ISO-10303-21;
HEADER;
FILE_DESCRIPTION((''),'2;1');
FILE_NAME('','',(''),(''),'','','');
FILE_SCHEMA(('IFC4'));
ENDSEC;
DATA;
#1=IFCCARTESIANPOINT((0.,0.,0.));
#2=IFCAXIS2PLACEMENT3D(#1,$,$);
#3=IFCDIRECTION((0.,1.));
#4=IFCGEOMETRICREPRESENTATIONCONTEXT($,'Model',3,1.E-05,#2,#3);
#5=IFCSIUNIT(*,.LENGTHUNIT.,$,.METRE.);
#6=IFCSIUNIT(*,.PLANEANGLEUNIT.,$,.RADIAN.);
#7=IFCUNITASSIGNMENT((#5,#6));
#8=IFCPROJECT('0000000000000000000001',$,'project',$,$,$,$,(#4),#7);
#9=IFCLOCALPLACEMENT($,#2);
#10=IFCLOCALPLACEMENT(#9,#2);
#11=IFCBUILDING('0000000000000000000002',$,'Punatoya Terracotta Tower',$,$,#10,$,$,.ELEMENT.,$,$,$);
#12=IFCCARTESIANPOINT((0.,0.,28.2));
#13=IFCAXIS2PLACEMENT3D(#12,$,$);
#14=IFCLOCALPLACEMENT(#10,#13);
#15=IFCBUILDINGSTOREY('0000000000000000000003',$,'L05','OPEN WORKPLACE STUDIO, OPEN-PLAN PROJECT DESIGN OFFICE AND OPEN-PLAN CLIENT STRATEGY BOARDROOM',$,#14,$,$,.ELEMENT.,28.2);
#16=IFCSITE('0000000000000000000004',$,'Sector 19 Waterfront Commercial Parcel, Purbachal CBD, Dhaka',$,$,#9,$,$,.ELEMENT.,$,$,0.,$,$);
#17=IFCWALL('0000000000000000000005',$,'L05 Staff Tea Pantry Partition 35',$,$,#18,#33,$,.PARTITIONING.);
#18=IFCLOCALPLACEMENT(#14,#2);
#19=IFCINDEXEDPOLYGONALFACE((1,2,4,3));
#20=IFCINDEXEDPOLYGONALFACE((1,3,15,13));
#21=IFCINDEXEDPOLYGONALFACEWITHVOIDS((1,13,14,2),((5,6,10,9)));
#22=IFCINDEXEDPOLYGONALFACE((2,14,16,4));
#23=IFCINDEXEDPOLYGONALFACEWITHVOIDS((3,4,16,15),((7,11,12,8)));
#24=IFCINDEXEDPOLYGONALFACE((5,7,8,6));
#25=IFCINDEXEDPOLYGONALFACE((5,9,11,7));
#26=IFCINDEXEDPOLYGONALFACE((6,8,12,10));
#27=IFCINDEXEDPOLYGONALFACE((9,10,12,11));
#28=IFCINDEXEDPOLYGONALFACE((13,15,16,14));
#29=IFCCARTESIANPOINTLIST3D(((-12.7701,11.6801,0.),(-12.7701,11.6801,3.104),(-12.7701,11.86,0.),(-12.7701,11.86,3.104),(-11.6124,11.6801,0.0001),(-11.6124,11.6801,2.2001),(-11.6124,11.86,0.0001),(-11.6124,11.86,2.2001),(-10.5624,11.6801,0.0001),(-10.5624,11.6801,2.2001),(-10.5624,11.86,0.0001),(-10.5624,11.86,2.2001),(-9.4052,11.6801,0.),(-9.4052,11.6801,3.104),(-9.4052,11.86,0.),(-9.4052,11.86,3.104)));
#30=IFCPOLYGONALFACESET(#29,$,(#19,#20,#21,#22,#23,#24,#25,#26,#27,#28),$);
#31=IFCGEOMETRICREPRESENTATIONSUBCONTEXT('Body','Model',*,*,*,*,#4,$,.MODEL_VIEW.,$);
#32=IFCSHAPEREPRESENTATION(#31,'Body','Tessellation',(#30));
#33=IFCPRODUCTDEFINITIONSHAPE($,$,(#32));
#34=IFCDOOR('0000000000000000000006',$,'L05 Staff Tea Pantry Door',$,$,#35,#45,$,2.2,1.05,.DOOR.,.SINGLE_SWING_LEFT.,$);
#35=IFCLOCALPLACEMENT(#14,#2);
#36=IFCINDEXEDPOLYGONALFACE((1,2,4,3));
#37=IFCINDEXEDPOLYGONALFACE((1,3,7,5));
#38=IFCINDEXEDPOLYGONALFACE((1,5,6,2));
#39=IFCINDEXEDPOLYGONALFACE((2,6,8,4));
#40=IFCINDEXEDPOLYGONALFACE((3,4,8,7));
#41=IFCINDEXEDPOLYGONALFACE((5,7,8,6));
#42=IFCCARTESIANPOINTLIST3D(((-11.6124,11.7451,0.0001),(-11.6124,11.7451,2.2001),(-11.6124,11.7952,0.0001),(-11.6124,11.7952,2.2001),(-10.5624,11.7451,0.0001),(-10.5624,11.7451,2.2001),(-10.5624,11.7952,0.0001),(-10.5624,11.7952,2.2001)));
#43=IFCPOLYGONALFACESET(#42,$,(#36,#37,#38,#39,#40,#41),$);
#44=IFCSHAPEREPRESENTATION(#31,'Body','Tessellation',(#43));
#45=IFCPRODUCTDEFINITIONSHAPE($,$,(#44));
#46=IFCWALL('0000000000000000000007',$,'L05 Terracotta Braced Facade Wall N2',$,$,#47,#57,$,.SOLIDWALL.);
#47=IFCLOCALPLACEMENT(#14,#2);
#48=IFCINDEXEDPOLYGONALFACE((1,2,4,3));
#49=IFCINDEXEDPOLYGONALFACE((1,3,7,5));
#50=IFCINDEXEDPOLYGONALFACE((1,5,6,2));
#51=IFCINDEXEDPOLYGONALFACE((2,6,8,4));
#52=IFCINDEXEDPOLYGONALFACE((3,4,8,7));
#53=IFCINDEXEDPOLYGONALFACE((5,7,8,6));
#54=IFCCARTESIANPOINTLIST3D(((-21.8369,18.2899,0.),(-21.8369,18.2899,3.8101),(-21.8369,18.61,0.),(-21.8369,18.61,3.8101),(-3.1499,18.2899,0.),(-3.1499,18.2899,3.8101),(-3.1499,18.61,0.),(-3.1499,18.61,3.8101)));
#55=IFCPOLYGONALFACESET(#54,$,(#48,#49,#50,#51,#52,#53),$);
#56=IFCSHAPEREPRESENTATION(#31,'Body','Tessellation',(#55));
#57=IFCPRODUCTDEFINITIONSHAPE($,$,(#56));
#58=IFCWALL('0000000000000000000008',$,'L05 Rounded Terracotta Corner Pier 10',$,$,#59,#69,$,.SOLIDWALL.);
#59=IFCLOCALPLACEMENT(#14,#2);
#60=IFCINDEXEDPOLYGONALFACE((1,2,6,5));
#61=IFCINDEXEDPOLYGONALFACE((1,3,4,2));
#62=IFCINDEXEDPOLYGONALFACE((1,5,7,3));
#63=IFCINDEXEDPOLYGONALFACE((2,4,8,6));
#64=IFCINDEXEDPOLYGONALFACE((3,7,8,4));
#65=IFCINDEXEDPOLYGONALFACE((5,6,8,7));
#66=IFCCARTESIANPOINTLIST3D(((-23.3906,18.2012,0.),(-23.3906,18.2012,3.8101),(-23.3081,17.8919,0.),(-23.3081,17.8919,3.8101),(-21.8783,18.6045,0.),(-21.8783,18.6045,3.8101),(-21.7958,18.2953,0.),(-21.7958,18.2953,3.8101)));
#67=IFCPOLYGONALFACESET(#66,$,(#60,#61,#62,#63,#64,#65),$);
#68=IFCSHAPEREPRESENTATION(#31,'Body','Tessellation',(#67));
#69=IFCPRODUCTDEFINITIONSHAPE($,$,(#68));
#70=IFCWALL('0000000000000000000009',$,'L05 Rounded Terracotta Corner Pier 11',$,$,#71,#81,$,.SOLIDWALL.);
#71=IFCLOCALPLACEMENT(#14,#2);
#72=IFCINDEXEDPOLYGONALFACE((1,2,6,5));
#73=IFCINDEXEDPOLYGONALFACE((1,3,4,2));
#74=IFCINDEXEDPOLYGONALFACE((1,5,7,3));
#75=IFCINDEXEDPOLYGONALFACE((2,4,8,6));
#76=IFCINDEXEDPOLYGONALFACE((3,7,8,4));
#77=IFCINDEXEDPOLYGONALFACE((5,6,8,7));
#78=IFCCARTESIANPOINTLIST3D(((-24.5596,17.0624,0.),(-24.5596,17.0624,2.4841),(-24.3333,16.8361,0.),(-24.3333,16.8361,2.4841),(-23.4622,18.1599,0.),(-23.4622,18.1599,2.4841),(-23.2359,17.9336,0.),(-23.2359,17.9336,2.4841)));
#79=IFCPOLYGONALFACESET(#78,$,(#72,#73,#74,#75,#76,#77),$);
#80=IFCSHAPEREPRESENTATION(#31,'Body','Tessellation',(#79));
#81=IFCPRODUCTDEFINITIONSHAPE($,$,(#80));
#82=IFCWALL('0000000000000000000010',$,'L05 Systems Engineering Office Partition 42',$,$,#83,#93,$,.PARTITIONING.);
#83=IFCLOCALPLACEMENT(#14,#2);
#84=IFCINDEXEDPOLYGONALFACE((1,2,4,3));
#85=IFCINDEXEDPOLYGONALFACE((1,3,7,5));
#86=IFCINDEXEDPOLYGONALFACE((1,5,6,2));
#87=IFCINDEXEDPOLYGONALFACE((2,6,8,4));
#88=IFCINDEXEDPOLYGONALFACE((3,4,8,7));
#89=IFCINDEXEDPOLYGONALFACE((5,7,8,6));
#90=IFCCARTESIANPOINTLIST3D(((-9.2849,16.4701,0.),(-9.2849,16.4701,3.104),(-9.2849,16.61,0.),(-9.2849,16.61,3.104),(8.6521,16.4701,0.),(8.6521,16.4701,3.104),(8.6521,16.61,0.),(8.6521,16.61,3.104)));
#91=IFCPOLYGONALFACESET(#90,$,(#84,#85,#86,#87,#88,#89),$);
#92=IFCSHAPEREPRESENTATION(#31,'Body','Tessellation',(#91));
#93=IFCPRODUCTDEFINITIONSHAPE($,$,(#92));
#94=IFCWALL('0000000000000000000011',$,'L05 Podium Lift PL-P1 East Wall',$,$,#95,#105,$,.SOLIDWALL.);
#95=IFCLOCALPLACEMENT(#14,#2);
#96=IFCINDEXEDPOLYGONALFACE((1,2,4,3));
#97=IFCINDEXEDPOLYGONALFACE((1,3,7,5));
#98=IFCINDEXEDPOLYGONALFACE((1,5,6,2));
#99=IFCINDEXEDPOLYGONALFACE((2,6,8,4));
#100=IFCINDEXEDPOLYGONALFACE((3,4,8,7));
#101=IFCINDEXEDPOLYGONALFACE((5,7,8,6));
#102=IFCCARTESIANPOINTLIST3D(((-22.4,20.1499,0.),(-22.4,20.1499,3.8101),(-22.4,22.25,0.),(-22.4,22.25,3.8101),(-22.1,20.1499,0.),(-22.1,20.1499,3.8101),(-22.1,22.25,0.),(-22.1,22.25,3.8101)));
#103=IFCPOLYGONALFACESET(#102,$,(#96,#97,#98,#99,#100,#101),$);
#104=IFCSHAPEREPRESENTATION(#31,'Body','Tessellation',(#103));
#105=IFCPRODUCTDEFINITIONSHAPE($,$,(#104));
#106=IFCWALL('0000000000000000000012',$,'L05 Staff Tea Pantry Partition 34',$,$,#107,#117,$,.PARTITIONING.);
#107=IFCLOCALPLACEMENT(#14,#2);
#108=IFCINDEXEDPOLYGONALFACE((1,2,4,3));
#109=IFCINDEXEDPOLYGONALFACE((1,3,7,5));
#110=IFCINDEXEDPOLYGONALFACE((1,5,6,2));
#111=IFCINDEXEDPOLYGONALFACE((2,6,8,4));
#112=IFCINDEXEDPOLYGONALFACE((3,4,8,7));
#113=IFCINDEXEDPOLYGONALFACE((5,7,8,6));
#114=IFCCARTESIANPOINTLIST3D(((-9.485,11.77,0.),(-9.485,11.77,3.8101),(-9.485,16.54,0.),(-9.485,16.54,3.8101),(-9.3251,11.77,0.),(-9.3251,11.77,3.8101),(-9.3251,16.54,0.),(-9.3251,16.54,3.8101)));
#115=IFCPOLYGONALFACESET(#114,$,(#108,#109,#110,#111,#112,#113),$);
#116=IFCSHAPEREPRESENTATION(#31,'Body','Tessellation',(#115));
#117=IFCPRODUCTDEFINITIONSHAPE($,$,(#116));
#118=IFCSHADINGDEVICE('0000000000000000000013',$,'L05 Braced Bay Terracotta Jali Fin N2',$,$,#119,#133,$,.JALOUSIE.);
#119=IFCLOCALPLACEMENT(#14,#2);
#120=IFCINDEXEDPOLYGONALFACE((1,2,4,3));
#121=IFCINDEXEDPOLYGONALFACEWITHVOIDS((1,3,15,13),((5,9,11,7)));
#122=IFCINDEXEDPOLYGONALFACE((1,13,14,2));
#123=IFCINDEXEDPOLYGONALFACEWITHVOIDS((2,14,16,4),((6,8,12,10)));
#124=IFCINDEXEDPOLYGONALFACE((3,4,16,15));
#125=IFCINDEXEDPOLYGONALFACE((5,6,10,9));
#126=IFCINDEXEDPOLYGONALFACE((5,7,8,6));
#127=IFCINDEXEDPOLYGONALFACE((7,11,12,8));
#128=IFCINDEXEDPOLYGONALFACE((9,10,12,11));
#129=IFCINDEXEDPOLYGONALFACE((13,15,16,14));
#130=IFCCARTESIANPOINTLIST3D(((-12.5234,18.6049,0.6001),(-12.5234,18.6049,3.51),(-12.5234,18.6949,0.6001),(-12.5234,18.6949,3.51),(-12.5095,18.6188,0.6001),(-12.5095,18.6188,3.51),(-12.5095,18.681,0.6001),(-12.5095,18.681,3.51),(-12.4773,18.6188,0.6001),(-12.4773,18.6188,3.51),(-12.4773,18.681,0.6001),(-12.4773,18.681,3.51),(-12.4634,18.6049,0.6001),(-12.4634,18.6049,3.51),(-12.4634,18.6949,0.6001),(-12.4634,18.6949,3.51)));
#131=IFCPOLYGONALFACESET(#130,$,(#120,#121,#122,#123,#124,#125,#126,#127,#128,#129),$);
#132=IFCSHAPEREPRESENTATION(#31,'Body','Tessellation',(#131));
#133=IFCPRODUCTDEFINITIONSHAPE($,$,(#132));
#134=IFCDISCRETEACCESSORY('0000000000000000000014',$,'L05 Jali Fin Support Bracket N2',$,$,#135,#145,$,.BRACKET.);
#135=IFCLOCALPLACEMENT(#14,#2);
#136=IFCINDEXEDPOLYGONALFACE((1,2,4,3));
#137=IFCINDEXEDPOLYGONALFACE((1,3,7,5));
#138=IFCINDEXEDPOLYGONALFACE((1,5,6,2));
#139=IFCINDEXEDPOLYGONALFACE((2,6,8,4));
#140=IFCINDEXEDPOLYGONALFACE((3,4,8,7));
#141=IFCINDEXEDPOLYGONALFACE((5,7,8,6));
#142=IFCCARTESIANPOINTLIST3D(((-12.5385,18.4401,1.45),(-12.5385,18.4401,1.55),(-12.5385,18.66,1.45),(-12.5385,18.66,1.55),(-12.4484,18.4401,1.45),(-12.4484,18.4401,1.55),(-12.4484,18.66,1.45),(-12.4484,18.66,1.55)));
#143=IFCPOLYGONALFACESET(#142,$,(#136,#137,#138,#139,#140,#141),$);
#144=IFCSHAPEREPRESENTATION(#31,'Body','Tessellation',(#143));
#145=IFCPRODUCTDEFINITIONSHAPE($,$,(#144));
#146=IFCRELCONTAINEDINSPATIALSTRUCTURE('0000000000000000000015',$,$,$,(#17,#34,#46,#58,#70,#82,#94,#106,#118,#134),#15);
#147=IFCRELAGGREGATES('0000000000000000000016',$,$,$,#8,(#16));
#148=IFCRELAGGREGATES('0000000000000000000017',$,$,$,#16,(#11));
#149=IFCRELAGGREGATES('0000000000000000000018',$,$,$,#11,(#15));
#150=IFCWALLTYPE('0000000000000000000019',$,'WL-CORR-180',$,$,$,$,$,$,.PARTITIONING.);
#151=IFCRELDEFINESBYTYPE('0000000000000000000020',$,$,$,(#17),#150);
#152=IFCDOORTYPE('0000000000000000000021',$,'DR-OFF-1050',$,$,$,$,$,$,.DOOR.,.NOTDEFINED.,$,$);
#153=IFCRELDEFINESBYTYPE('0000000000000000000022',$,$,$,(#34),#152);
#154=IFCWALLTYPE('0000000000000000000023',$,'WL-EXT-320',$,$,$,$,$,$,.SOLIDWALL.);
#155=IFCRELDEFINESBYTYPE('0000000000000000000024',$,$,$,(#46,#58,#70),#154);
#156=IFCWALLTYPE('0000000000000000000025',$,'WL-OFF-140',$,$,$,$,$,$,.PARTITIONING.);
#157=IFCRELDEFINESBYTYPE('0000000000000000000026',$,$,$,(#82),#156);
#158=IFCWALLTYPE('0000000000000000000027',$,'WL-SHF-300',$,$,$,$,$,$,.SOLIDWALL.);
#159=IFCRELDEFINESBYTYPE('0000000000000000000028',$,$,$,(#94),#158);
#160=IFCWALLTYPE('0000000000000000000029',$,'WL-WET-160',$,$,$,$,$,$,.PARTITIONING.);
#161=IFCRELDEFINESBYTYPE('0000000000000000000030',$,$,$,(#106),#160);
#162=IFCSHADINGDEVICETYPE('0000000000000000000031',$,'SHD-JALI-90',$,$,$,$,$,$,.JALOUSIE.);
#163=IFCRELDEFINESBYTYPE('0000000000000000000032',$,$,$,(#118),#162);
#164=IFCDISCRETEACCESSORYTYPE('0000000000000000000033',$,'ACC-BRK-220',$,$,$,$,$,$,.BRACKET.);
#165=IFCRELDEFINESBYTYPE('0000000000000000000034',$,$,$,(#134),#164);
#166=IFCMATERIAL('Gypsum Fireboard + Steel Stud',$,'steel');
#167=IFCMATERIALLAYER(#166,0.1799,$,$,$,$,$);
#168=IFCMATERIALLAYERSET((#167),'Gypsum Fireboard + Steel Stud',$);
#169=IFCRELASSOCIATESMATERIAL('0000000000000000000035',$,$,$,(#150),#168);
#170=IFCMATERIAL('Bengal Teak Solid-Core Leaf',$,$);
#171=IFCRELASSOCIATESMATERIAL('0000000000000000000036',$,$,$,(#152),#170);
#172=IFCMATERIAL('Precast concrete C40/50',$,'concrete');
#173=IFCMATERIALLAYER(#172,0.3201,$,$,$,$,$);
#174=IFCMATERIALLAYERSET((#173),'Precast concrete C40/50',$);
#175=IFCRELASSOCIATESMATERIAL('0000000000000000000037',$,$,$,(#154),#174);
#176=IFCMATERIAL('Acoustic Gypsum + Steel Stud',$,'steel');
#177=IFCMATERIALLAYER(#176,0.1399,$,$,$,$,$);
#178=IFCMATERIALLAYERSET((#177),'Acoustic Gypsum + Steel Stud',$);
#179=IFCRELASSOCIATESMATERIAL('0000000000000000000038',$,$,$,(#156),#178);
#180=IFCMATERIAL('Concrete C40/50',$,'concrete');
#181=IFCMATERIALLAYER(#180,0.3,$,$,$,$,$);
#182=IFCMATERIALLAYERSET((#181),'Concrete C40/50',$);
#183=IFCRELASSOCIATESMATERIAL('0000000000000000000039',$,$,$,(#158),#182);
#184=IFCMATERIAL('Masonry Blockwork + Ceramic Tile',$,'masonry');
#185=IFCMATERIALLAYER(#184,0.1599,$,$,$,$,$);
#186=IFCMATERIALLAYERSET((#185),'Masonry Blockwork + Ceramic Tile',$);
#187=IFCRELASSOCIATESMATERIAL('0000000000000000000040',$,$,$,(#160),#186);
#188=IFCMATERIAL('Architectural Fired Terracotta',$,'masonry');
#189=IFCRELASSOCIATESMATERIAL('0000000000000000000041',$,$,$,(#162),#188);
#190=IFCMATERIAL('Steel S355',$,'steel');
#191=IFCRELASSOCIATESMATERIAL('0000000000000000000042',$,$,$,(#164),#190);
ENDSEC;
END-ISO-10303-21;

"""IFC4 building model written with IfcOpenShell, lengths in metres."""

from ifc_helpers import new_model, si_unit, direction, frame, frame_2d, origin, origin_2d, place, context, subcontext, project, spatial, rectangle, hollow_rectangle, extrude, material, layer, layer_set, material_profile, profile_set, type_object, element, fill, save


model = new_model("IFC4")

# Units and contexts
model_context = context("Model", 3, precision=1e-05, world=origin(), true_north=direction((0.0, 1.0)))
body_context = subcontext(model_context, "Body", "Model", "MODEL_VIEW")
ifc_project = project(units=[si_unit("LENGTHUNIT", "METRE"), si_unit("PLANEANGLEUNIT", "RADIAN")], contexts=[model_context])

# Site, building, storey
site_placement = place(None, origin())
site = spatial("IfcSite", under=ifc_project, at=site_placement, Name="Sector 19 Waterfront Commercial Parcel, Purbachal CBD, Dhaka", CompositionType="ELEMENT", RefElevation=0.0)
building_placement = place(site_placement, origin())
building = spatial("IfcBuilding", under=site, at=building_placement, Name="Punatoya Terracotta Tower", CompositionType="ELEMENT")
storey_placement = place(building_placement, frame((0.0, 0.0, 28.2)))
storey = spatial("IfcBuildingStorey", under=building, at=storey_placement, Name="L05", Description="OPEN WORKPLACE STUDIO, OPEN-PLAN PROJECT DESIGN OFFICE AND OPEN-PLAN CLIENT STRATEGY BOARDROOM", CompositionType="ELEMENT", Elevation=28.2)

# Shared definitions
ifc_material_1 = material(Name="Steel S355", Category="steel")

# Wall, opening, door
ifc_material_2 = material(Name="Gypsum Fireboard + Steel Stud", Category="steel")
ifc_layer_1 = layer(ifc_material_2, 0.1799)
ifc_layer_set_1 = layer_set([ifc_layer_1], Name="Gypsum Fireboard + Steel Stud")
wall_type_1 = type_object("IfcWallType", Name="WL-CORR-180", PredefinedType="PARTITIONING", material=ifc_layer_set_1)
wall_1_placement = place(storey_placement, frame((-9.405, 11.77, 0.0), z_axis=(0.0, 0.0, 1.0), x_axis=(-1.0, 0.0, 0.0)))
wall_1 = element("IfcWall", 1, at=wall_1_placement, inside=storey, type_object=wall_type_1, Name="L05 Staff Tea Pantry Partition 35", PredefinedType="PARTITIONING", context=body_context, shape_type="SweptSolid", body=[
    extrude(rectangle(XDim=3.365, YDim=0.1799, at=frame_2d((1.6826, 0.0))), origin(), (0.0, 0.0, 1.0), 3.104),
])
opening_1_placement = place(wall_1_placement, frame((1.1575, 0.0, 0.0)))
opening_1 = element("IfcOpeningElement", 2, at=opening_1_placement, cuts=wall_1, PredefinedType="OPENING", context=body_context, shape_type="SweptSolid", body=[
    extrude(rectangle(XDim=1.05, YDim=2.2, at=frame_2d((0.5249, 1.1001))), frame((0.0, 0.0999, 0.0), z_axis=(0.0, -1.0, 0.0), x_axis=(1.0, 0.0, 0.0)), (0.0, 0.0, 1.0), 0.2),
])
ifc_material_3 = material(Name="Bengal Teak Solid-Core Leaf")
door_type_1 = type_object("IfcDoorType", Name="DR-OFF-1050", OperationType="NOTDEFINED", PredefinedType="DOOR", material=ifc_material_3)
door_1_placement = place(opening_1_placement, origin())
door_1 = element("IfcDoor", 3, at=door_1_placement, inside=storey, type_object=door_type_1, Name="L05 Staff Tea Pantry Door", OperationType="SINGLE_SWING_LEFT", OverallHeight=2.2, OverallWidth=1.05, PredefinedType="DOOR", context=body_context, shape_type="SweptSolid", body=[
    extrude(rectangle(XDim=1.05, YDim=2.2, at=frame_2d((0.5249, 1.1001))), frame((0.0, 0.0249, 0.0), z_axis=(0.0, -1.0, 0.0), x_axis=(1.0, 0.0, 0.0)), (0.0, 0.0, 1.0), 0.05),
])
fill(opening_1, door_1)

# Walls
ifc_material_4 = material(Name="Precast concrete C40/50", Category="concrete")
ifc_layer_2 = layer(ifc_material_4, 0.3201)
ifc_layer_set_2 = layer_set([ifc_layer_2], Name="Precast concrete C40/50")
wall_type_2 = type_object("IfcWallType", Name="WL-EXT-320", PredefinedType="SOLIDWALL", material=ifc_layer_set_2)
wall_2_placement = place(storey_placement, frame((-3.1499, 18.45, 0.0), z_axis=(0.0, 0.0, 1.0), x_axis=(-1.0, 0.0, 0.0)))
element("IfcWall", 4, at=wall_2_placement, inside=storey, type_object=wall_type_2, Name="L05 Terracotta Braced Facade Wall N2", PredefinedType="SOLIDWALL", context=body_context, shape_type="SweptSolid", body=[
    extrude(rectangle(XDim=18.687, YDim=0.3201, at=frame_2d((9.3435, 0.0))), origin(), (0.0, 0.0, 1.0), 3.8101),
])
wall_3_placement = place(storey_placement, frame((-21.8369, 18.45, 0.0), z_axis=(0.0, 0.0, 1.0), x_axis=(-0.966225, -0.257701, 0.0)))
element("IfcWall", 5, at=wall_3_placement, inside=storey, type_object=wall_type_2, Name="L05 Rounded Terracotta Corner Pier 10", PredefinedType="SOLIDWALL", context=body_context, shape_type="SweptSolid", body=[
    extrude(rectangle(XDim=1.5652, YDim=0.3201, at=frame_2d((0.7827, 0.0))), origin(), (0.0, 0.0, 1.0), 3.8101),
])
wall_4_placement = place(storey_placement, frame((-23.3491, 18.0466, 0.0), z_axis=(0.0, 0.0, 1.0), x_axis=(-0.707107, -0.707107, 0.0)))
element("IfcWall", 6, at=wall_4_placement, inside=storey, type_object=wall_type_2, Name="L05 Rounded Terracotta Corner Pier 11", PredefinedType="SOLIDWALL", context=body_context, shape_type="SweptSolid", body=[
    extrude(rectangle(XDim=1.552, YDim=0.3201, at=frame_2d((0.7759, 0.0))), origin(), (0.0, 0.0, 1.0), 2.4841),
])
ifc_material_5 = material(Name="Acoustic Gypsum + Steel Stud", Category="steel")
ifc_layer_3 = layer(ifc_material_5, 0.1399)
ifc_layer_set_3 = layer_set([ifc_layer_3], Name="Acoustic Gypsum + Steel Stud")
wall_type_3 = type_object("IfcWallType", Name="WL-OFF-140", PredefinedType="PARTITIONING", material=ifc_layer_set_3)
wall_5_placement = place(storey_placement, frame((-9.2849, 16.54, 0.0), z_axis=(0.0, 0.0, 1.0), x_axis=(1.0, 0.0, 0.0)))
element("IfcWall", 7, at=wall_5_placement, inside=storey, type_object=wall_type_3, Name="L05 Systems Engineering Office Partition 42", PredefinedType="PARTITIONING", context=body_context, shape_type="SweptSolid", body=[
    extrude(rectangle(XDim=17.937, YDim=0.1399, at=frame_2d((8.9685, 0.0))), origin(), (0.0, 0.0, 1.0), 3.104),
])
ifc_material_6 = material(Name="Concrete C40/50", Category="concrete")
ifc_layer_4 = layer(ifc_material_6, 0.3)
ifc_layer_set_4 = layer_set([ifc_layer_4], Name="Concrete C40/50")
wall_type_4 = type_object("IfcWallType", Name="WL-SHF-300", PredefinedType="SOLIDWALL", material=ifc_layer_set_4)
wall_6_placement = place(storey_placement, frame((-22.25, 20.1499, 0.0), z_axis=(0.0, 0.0, 1.0), x_axis=(0.0, 1.0, 0.0)))
element("IfcWall", 8, at=wall_6_placement, inside=storey, type_object=wall_type_4, Name="L05 Podium Lift PL-P1 East Wall", PredefinedType="SOLIDWALL", context=body_context, shape_type="SweptSolid", body=[
    extrude(rectangle(XDim=2.1001, YDim=0.3, at=frame_2d((1.05, 0.0))), origin(), (0.0, 0.0, 1.0), 3.8101),
])
ifc_material_7 = material(Name="Masonry Blockwork + Ceramic Tile", Category="masonry")
ifc_layer_5 = layer(ifc_material_7, 0.1599)
ifc_layer_set_5 = layer_set([ifc_layer_5], Name="Masonry Blockwork + Ceramic Tile")
wall_type_5 = type_object("IfcWallType", Name="WL-WET-160", PredefinedType="PARTITIONING", material=ifc_layer_set_5)
wall_7_placement = place(storey_placement, frame((-9.405, 16.54, 0.0), z_axis=(0.0, 0.0, 1.0), x_axis=(0.0, -1.0, 0.0)))
element("IfcWall", 9, at=wall_7_placement, inside=storey, type_object=wall_type_5, Name="L05 Staff Tea Pantry Partition 34", PredefinedType="PARTITIONING", context=body_context, shape_type="SweptSolid", body=[
    extrude(rectangle(XDim=4.77, YDim=0.1599, at=frame_2d((2.385, 0.0))), origin(), (0.0, 0.0, 1.0), 3.8101),
])

# Shading device
ifc_material_8 = material(Name="Architectural Fired Terracotta", Category="masonry")
ifc_material_profile_1 = material_profile(ifc_material_8, hollow_rectangle(XDim=0.0601, YDim=0.0901, WallThickness=0.0139, at=origin_2d()))
ifc_profile_set_1 = profile_set([ifc_material_profile_1], Name="Architectural Fired Terracotta")
shading_device_type = type_object("IfcShadingDeviceType", Name="SHD-JALI-90", PredefinedType="JALOUSIE", material=ifc_profile_set_1)
shading_device_placement = place(storey_placement, frame((-12.4934, 18.6499, 0.6001), z_axis=(0.0, 0.0, 1.0), x_axis=(1.0, 0.0, 0.0)))
element("IfcShadingDevice", 10, at=shading_device_placement, inside=storey, type_object=shading_device_type, Name="L05 Braced Bay Terracotta Jali Fin N2", PredefinedType="JALOUSIE", context=body_context, shape_type="SweptSolid", body=[
    extrude(hollow_rectangle(XDim=0.0601, YDim=0.0901, WallThickness=0.0139, at=origin_2d()), origin(), (0.0, 0.0, 1.0), 2.9099),
])

# Discrete accessory
discrete_accessory_type = type_object("IfcDiscreteAccessoryType", Name="ACC-BRK-220", PredefinedType="BRACKET", material=ifc_material_1)
discrete_accessory_placement = place(storey_placement, frame((-12.4934, 18.55, 1.45), z_axis=(0.0, 0.0, 1.0), x_axis=(-1.0, 0.0, 0.0)))
element("IfcDiscreteAccessory", 11, at=discrete_accessory_placement, inside=storey, type_object=discrete_accessory_type, Name="L05 Jali Fin Support Bracket N2", PredefinedType="BRACKET", context=body_context, shape_type="SweptSolid", body=[
    extrude(rectangle(XDim=0.0901, YDim=0.22, at=origin_2d()), origin(), (0.0, 0.0, 1.0), 0.1001),
])

save(model, "model.ifc")
